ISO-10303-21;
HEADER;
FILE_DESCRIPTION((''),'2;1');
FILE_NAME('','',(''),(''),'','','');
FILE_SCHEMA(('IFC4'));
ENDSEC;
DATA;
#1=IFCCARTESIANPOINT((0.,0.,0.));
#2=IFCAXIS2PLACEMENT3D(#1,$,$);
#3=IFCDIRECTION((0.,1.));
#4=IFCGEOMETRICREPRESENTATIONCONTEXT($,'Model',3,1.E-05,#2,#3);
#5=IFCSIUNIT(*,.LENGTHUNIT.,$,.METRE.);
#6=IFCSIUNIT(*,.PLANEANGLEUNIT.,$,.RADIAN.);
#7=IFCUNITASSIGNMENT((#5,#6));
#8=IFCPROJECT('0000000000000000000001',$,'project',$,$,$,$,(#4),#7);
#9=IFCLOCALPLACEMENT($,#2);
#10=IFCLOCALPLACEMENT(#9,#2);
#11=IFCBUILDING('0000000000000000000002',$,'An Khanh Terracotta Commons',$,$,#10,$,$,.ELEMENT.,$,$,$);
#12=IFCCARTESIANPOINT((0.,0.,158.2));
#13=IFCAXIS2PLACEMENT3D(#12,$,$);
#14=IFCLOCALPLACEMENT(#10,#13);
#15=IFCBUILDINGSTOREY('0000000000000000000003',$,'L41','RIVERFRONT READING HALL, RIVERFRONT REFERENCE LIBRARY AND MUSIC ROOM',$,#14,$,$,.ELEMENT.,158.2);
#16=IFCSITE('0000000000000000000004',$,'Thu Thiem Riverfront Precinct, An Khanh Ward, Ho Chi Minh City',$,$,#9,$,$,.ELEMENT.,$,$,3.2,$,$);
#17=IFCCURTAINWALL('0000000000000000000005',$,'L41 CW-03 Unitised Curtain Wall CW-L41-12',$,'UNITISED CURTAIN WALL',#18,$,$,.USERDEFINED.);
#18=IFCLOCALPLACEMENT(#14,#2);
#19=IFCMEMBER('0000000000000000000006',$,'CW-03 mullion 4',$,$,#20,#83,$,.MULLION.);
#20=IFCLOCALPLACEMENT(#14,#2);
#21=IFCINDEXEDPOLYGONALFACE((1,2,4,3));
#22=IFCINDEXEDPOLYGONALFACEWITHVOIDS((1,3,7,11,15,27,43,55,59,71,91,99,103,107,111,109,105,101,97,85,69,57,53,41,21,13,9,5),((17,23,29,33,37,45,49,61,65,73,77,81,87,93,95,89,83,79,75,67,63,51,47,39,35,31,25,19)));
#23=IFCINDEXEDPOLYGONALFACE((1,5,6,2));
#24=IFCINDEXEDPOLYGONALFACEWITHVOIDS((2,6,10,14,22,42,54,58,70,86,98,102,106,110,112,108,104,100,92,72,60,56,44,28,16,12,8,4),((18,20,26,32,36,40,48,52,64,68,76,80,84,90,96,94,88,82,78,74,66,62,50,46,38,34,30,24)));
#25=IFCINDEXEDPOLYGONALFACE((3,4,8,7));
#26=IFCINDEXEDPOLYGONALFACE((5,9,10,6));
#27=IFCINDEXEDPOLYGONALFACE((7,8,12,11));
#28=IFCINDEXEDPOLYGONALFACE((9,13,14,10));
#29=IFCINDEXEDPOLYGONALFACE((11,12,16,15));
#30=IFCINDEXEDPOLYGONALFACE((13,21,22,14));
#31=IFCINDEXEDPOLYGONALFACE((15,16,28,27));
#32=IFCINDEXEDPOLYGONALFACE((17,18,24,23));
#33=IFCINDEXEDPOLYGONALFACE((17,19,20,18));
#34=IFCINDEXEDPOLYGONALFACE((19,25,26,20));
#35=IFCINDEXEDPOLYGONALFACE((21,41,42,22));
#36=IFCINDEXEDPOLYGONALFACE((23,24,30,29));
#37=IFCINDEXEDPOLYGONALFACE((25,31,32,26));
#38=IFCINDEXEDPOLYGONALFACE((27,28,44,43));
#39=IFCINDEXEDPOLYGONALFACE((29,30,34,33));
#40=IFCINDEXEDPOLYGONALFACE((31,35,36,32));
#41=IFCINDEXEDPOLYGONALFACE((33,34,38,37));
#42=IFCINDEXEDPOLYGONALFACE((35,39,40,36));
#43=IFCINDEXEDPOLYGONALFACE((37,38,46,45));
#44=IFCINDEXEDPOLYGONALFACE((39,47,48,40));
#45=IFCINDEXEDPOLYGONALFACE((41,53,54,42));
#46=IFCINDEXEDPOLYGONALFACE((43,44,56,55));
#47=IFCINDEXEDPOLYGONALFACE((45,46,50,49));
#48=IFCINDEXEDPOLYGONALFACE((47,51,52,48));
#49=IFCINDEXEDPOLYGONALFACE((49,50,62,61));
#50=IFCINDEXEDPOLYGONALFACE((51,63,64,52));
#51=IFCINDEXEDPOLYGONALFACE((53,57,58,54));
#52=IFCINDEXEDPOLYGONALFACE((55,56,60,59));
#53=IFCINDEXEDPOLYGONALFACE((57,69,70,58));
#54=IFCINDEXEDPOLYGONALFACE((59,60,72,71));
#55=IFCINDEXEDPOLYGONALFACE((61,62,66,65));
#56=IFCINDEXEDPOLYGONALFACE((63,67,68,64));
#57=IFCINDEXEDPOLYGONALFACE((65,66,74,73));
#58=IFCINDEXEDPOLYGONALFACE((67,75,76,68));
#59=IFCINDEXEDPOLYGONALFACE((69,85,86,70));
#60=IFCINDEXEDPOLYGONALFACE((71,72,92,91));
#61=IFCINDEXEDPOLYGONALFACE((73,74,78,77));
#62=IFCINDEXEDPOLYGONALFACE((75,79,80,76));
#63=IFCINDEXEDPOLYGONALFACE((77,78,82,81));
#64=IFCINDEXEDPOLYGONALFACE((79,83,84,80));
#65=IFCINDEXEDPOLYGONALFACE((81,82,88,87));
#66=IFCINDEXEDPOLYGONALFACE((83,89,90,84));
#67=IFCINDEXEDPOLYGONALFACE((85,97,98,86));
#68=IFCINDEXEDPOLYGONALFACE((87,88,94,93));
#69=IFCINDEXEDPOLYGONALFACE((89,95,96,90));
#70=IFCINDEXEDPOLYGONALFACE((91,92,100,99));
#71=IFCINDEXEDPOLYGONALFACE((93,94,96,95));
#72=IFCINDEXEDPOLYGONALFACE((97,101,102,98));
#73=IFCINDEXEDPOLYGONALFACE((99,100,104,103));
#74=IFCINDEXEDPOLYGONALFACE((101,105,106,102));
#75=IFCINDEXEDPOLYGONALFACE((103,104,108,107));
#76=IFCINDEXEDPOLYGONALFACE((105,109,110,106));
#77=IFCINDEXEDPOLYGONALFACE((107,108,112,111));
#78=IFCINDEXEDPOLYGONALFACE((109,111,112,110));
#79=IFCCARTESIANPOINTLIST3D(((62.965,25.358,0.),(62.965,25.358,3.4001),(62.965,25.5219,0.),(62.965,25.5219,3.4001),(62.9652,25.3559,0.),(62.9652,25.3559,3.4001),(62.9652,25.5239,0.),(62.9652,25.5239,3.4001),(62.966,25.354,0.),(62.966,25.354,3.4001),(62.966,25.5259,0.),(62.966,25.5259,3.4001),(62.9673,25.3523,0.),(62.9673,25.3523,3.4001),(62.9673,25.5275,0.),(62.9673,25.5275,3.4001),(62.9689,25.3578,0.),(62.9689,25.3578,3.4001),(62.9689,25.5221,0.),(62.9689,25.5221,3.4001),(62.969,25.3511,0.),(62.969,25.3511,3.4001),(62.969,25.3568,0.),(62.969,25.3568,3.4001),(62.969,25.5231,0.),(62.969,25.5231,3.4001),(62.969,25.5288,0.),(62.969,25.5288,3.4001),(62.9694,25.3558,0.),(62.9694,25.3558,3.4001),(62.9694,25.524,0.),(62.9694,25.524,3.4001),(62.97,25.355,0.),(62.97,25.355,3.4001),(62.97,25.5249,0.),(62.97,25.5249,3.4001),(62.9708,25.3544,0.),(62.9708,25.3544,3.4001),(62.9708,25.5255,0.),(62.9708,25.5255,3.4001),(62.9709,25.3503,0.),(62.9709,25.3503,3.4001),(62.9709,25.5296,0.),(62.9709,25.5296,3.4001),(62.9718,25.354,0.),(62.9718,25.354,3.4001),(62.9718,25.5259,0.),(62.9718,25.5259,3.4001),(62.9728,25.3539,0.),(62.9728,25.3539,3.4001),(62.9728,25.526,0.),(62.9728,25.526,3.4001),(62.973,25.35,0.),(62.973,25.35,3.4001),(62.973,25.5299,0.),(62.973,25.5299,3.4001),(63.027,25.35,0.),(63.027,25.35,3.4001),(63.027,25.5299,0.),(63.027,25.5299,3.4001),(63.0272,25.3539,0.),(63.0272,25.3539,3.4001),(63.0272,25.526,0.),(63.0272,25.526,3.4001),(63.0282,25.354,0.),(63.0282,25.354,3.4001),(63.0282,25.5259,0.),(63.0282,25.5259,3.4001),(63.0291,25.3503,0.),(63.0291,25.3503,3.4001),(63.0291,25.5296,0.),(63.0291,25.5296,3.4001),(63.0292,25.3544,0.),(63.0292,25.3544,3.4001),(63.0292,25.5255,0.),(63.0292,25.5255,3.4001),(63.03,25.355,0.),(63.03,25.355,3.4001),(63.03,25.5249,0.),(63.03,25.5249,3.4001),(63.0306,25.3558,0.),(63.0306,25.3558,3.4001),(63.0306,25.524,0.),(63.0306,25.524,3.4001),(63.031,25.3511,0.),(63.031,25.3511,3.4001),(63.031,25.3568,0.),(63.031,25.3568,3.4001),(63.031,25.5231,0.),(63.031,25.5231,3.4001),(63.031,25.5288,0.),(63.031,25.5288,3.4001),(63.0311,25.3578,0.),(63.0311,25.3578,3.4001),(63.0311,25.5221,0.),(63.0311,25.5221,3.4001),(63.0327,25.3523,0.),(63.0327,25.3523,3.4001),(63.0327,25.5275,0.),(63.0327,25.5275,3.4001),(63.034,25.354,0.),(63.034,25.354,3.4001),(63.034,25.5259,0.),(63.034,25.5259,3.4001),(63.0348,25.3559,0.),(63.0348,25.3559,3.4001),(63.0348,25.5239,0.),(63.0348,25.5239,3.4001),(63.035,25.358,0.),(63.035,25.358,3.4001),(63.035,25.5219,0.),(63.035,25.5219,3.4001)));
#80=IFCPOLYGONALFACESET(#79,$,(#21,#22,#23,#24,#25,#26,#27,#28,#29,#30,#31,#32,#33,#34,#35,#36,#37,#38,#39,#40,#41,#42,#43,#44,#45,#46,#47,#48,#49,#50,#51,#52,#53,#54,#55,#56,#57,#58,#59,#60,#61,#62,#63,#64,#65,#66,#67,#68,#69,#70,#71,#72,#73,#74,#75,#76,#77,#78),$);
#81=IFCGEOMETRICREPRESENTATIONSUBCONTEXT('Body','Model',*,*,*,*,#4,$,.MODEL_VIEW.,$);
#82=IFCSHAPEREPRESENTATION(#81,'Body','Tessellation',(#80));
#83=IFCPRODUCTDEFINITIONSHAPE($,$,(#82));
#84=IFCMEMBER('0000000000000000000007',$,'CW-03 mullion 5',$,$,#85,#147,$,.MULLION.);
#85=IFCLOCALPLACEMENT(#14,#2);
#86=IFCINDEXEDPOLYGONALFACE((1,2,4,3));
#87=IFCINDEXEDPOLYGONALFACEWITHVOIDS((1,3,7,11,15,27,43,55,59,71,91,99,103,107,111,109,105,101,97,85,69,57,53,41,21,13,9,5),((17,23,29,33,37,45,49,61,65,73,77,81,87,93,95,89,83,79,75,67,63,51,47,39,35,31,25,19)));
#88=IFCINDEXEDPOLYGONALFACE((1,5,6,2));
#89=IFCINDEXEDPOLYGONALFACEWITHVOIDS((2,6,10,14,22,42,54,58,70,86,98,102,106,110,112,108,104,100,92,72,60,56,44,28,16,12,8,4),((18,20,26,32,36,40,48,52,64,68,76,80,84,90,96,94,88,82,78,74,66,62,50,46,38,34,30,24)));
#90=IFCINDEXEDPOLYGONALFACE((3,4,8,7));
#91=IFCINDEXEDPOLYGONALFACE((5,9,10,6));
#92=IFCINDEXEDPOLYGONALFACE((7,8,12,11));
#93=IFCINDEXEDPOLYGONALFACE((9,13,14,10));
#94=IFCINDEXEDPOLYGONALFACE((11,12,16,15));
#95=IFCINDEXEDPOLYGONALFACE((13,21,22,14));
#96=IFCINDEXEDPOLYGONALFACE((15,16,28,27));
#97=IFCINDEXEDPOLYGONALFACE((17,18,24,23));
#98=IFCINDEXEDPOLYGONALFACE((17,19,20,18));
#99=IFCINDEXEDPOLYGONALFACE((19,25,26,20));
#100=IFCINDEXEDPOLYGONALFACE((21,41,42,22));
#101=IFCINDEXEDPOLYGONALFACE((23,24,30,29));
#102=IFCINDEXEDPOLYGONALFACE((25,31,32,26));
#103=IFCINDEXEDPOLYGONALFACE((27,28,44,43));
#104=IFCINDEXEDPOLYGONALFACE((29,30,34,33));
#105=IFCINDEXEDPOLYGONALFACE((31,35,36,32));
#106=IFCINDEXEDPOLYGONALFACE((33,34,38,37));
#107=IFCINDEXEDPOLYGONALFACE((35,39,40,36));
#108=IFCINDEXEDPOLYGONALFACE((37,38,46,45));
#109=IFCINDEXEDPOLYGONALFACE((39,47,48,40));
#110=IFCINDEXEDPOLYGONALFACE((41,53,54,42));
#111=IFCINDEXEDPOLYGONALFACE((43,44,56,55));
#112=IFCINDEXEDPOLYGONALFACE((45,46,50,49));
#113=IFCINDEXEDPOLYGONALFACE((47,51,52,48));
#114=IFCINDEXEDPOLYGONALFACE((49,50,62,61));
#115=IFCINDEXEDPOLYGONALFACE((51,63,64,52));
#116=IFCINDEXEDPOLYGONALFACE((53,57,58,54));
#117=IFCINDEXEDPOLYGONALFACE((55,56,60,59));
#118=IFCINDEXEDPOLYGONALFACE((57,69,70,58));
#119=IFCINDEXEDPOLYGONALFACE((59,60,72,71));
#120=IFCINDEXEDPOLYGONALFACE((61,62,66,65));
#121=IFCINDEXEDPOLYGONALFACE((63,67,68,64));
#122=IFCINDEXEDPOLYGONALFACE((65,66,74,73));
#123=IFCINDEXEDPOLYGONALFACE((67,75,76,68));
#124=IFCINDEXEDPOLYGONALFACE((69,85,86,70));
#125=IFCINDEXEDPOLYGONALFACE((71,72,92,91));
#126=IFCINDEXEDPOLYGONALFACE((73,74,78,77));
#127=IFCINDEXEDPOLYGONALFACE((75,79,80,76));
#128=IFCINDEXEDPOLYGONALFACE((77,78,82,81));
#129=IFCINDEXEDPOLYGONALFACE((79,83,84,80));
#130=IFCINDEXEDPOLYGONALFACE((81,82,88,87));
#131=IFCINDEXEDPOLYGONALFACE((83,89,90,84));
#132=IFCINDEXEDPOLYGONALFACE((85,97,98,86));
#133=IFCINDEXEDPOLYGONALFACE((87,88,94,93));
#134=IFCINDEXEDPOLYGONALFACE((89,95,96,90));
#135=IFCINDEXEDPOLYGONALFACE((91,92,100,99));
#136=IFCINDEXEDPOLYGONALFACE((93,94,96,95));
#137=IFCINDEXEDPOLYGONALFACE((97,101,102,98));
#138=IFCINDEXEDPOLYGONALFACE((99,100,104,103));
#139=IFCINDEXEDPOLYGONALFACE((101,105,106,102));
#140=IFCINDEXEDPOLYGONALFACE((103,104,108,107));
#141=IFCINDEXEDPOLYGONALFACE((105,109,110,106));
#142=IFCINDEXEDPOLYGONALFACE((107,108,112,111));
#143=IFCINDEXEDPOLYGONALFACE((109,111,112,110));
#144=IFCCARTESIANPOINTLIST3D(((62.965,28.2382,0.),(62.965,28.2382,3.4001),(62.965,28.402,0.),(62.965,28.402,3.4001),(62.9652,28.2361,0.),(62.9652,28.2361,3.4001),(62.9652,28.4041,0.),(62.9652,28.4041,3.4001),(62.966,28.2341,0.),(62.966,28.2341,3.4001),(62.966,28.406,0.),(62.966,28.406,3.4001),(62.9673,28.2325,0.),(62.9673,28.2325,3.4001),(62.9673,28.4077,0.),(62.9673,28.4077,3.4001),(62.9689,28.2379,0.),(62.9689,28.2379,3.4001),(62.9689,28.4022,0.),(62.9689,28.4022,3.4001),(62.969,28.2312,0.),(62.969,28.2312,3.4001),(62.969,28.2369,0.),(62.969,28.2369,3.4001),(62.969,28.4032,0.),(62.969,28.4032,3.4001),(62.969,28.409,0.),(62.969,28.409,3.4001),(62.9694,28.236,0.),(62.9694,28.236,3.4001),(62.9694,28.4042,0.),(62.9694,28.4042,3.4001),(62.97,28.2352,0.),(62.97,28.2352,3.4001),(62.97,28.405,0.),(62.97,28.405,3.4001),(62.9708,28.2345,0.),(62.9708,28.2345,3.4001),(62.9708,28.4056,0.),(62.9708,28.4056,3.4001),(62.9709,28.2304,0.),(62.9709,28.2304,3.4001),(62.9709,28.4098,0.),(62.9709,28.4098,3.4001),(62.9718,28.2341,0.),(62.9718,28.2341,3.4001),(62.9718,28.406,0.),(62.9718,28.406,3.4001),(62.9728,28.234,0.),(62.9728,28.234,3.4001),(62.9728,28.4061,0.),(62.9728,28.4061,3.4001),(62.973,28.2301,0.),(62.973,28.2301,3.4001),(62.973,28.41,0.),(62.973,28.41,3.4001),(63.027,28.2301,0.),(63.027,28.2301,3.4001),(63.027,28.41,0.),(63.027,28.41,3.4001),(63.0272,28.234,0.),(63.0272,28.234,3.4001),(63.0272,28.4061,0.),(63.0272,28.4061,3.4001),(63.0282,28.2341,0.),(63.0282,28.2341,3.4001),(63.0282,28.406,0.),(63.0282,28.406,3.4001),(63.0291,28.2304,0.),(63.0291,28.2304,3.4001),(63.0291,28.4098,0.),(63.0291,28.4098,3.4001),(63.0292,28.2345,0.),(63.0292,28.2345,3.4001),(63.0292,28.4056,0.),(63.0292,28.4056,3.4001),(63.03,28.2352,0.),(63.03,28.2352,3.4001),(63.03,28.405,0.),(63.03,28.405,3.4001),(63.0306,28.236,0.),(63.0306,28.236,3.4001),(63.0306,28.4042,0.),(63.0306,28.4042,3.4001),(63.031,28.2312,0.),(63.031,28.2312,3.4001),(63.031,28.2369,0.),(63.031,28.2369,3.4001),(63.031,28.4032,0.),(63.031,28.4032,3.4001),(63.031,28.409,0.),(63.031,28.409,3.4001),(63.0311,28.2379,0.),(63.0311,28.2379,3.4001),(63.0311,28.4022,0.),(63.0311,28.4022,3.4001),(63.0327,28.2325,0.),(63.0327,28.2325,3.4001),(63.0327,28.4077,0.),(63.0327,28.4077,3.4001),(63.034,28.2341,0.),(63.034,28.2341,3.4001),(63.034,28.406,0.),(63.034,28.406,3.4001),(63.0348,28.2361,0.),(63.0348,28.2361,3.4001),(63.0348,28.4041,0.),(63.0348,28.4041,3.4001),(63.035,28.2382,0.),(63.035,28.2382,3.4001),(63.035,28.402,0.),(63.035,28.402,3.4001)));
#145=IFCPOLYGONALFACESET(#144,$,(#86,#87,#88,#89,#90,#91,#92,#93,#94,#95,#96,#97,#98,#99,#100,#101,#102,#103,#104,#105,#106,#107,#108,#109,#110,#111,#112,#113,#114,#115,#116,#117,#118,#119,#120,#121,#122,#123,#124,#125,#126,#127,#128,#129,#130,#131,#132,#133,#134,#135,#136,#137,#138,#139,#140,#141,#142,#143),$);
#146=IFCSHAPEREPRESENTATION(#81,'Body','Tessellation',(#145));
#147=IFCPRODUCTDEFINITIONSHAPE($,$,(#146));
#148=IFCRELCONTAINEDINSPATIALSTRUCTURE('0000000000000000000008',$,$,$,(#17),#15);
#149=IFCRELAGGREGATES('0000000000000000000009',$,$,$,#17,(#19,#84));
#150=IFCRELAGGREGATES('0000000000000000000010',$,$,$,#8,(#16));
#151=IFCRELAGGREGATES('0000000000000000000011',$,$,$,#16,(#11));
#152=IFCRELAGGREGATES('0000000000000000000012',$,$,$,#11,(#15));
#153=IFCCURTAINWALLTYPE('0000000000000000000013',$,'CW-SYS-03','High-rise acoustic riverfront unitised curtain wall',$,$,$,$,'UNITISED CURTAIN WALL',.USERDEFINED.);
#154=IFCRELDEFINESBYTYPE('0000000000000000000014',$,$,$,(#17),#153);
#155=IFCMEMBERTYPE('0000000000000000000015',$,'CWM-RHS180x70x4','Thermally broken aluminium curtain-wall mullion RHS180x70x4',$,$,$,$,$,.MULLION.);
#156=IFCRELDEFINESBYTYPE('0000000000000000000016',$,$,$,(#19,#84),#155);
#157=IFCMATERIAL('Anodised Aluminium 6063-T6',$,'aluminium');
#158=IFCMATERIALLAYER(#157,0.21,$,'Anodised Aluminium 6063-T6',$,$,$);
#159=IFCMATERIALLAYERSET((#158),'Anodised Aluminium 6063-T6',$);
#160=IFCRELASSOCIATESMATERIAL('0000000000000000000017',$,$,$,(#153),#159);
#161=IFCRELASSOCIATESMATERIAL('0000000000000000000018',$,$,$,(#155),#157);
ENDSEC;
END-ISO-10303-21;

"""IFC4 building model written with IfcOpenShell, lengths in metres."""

from ifc_helpers import new_model, si_unit, direction, frame, origin, origin_2d, place, context, subcontext, project, spatial, hollow_rectangle, extrude, material, layer, layer_set, material_profile, profile_set, type_object, element, aggregate, save


model = new_model("IFC4")

# Units and contexts
model_context = context("Model", 3, precision=1e-05, world=origin(), true_north=direction((0.0, 1.0)))
body_context = subcontext(model_context, "Body", "Model", "MODEL_VIEW")
ifc_project = project(units=[si_unit("LENGTHUNIT", "METRE"), si_unit("PLANEANGLEUNIT", "RADIAN")], contexts=[model_context])

# Site, building, storey
site_placement = place(None, origin())
site = spatial("IfcSite", under=ifc_project, at=site_placement, Name="Thu Thiem Riverfront Precinct, An Khanh Ward, Ho Chi Minh City", CompositionType="ELEMENT", RefElevation=3.2)
building_placement = place(site_placement, origin())
building = spatial("IfcBuilding", under=site, at=building_placement, Name="An Khanh Terracotta Commons", CompositionType="ELEMENT")
storey_placement = place(building_placement, frame((0.0, 0.0, 158.2)))
storey = spatial("IfcBuildingStorey", under=building, at=storey_placement, Name="L41", Description="RIVERFRONT READING HALL, RIVERFRONT REFERENCE LIBRARY AND MUSIC ROOM", CompositionType="ELEMENT", Elevation=158.2)

# Curtain wall, members
ifc_material_1 = material(Name="Anodised Aluminium 6063-T6", Category="aluminium")
ifc_layer_1 = layer(ifc_material_1, 0.21, Name="Anodised Aluminium 6063-T6")
ifc_layer_set_1 = layer_set([ifc_layer_1], Name="Anodised Aluminium 6063-T6")
curtain_wall_type = type_object("IfcCurtainWallType", Name="CW-SYS-03", Description="High-rise acoustic riverfront unitised curtain wall", ElementType="UNITISED CURTAIN WALL", PredefinedType="USERDEFINED", material=ifc_layer_set_1)
curtain_wall_1_placement = place(storey_placement, origin())
curtain_wall_1 = element("IfcCurtainWall", 1, at=curtain_wall_1_placement, inside=storey, type_object=curtain_wall_type, Name="L41 CW-03 Unitised Curtain Wall CW-L41-12", ObjectType="UNITISED CURTAIN WALL", PredefinedType="USERDEFINED")
ifc_material_profile_1 = material_profile(ifc_material_1, hollow_rectangle(XDim=0.0701, YDim=0.1799, WallThickness=0.0039, InnerFilletRadius=0.0039, OuterFilletRadius=0.0081, at=origin_2d()), Name="RHS180x70x4")
ifc_profile_set_1 = profile_set([ifc_material_profile_1], Name="Anodised Aluminium 6063-T6")
member_type_1 = type_object("IfcMemberType", Name="CWM-RHS180x70x4", Description="Thermally broken aluminium curtain-wall mullion RHS180x70x4", PredefinedType="MULLION", material=ifc_profile_set_1)
member_1_placement = place(storey_placement, frame((63.0, 25.4399, 0.0), z_axis=(0.0, 0.0, 1.0), x_axis=(-1.0, 0.0, 0.0)))
member_1 = element("IfcMember", 2, at=member_1_placement, type_object=member_type_1, Name="CW-03 mullion 4", PredefinedType="MULLION", context=body_context, shape_type="SweptSolid", body=[
    extrude(hollow_rectangle(XDim=0.0701, YDim=0.1799, WallThickness=0.0039, InnerFilletRadius=0.0039, OuterFilletRadius=0.0081, at=origin_2d()), origin(), (0.0, 0.0, 1.0), 3.4001),
])
member_2_placement = place(storey_placement, frame((63.0, 28.3201, 0.0), z_axis=(0.0, 0.0, 1.0), x_axis=(-1.0, 0.0, 0.0)))
member_2 = element("IfcMember", 3, at=member_2_placement, type_object=member_type_1, Name="CW-03 mullion 5", PredefinedType="MULLION", context=body_context, shape_type="SweptSolid", body=[
    extrude(hollow_rectangle(XDim=0.0701, YDim=0.1799, WallThickness=0.0039, InnerFilletRadius=0.0039, OuterFilletRadius=0.0081, at=origin_2d()), origin(), (0.0, 0.0, 1.0), 3.4001),
])

aggregate(curtain_wall_1, [member_1, member_2])

save(model, "model.ifc")
